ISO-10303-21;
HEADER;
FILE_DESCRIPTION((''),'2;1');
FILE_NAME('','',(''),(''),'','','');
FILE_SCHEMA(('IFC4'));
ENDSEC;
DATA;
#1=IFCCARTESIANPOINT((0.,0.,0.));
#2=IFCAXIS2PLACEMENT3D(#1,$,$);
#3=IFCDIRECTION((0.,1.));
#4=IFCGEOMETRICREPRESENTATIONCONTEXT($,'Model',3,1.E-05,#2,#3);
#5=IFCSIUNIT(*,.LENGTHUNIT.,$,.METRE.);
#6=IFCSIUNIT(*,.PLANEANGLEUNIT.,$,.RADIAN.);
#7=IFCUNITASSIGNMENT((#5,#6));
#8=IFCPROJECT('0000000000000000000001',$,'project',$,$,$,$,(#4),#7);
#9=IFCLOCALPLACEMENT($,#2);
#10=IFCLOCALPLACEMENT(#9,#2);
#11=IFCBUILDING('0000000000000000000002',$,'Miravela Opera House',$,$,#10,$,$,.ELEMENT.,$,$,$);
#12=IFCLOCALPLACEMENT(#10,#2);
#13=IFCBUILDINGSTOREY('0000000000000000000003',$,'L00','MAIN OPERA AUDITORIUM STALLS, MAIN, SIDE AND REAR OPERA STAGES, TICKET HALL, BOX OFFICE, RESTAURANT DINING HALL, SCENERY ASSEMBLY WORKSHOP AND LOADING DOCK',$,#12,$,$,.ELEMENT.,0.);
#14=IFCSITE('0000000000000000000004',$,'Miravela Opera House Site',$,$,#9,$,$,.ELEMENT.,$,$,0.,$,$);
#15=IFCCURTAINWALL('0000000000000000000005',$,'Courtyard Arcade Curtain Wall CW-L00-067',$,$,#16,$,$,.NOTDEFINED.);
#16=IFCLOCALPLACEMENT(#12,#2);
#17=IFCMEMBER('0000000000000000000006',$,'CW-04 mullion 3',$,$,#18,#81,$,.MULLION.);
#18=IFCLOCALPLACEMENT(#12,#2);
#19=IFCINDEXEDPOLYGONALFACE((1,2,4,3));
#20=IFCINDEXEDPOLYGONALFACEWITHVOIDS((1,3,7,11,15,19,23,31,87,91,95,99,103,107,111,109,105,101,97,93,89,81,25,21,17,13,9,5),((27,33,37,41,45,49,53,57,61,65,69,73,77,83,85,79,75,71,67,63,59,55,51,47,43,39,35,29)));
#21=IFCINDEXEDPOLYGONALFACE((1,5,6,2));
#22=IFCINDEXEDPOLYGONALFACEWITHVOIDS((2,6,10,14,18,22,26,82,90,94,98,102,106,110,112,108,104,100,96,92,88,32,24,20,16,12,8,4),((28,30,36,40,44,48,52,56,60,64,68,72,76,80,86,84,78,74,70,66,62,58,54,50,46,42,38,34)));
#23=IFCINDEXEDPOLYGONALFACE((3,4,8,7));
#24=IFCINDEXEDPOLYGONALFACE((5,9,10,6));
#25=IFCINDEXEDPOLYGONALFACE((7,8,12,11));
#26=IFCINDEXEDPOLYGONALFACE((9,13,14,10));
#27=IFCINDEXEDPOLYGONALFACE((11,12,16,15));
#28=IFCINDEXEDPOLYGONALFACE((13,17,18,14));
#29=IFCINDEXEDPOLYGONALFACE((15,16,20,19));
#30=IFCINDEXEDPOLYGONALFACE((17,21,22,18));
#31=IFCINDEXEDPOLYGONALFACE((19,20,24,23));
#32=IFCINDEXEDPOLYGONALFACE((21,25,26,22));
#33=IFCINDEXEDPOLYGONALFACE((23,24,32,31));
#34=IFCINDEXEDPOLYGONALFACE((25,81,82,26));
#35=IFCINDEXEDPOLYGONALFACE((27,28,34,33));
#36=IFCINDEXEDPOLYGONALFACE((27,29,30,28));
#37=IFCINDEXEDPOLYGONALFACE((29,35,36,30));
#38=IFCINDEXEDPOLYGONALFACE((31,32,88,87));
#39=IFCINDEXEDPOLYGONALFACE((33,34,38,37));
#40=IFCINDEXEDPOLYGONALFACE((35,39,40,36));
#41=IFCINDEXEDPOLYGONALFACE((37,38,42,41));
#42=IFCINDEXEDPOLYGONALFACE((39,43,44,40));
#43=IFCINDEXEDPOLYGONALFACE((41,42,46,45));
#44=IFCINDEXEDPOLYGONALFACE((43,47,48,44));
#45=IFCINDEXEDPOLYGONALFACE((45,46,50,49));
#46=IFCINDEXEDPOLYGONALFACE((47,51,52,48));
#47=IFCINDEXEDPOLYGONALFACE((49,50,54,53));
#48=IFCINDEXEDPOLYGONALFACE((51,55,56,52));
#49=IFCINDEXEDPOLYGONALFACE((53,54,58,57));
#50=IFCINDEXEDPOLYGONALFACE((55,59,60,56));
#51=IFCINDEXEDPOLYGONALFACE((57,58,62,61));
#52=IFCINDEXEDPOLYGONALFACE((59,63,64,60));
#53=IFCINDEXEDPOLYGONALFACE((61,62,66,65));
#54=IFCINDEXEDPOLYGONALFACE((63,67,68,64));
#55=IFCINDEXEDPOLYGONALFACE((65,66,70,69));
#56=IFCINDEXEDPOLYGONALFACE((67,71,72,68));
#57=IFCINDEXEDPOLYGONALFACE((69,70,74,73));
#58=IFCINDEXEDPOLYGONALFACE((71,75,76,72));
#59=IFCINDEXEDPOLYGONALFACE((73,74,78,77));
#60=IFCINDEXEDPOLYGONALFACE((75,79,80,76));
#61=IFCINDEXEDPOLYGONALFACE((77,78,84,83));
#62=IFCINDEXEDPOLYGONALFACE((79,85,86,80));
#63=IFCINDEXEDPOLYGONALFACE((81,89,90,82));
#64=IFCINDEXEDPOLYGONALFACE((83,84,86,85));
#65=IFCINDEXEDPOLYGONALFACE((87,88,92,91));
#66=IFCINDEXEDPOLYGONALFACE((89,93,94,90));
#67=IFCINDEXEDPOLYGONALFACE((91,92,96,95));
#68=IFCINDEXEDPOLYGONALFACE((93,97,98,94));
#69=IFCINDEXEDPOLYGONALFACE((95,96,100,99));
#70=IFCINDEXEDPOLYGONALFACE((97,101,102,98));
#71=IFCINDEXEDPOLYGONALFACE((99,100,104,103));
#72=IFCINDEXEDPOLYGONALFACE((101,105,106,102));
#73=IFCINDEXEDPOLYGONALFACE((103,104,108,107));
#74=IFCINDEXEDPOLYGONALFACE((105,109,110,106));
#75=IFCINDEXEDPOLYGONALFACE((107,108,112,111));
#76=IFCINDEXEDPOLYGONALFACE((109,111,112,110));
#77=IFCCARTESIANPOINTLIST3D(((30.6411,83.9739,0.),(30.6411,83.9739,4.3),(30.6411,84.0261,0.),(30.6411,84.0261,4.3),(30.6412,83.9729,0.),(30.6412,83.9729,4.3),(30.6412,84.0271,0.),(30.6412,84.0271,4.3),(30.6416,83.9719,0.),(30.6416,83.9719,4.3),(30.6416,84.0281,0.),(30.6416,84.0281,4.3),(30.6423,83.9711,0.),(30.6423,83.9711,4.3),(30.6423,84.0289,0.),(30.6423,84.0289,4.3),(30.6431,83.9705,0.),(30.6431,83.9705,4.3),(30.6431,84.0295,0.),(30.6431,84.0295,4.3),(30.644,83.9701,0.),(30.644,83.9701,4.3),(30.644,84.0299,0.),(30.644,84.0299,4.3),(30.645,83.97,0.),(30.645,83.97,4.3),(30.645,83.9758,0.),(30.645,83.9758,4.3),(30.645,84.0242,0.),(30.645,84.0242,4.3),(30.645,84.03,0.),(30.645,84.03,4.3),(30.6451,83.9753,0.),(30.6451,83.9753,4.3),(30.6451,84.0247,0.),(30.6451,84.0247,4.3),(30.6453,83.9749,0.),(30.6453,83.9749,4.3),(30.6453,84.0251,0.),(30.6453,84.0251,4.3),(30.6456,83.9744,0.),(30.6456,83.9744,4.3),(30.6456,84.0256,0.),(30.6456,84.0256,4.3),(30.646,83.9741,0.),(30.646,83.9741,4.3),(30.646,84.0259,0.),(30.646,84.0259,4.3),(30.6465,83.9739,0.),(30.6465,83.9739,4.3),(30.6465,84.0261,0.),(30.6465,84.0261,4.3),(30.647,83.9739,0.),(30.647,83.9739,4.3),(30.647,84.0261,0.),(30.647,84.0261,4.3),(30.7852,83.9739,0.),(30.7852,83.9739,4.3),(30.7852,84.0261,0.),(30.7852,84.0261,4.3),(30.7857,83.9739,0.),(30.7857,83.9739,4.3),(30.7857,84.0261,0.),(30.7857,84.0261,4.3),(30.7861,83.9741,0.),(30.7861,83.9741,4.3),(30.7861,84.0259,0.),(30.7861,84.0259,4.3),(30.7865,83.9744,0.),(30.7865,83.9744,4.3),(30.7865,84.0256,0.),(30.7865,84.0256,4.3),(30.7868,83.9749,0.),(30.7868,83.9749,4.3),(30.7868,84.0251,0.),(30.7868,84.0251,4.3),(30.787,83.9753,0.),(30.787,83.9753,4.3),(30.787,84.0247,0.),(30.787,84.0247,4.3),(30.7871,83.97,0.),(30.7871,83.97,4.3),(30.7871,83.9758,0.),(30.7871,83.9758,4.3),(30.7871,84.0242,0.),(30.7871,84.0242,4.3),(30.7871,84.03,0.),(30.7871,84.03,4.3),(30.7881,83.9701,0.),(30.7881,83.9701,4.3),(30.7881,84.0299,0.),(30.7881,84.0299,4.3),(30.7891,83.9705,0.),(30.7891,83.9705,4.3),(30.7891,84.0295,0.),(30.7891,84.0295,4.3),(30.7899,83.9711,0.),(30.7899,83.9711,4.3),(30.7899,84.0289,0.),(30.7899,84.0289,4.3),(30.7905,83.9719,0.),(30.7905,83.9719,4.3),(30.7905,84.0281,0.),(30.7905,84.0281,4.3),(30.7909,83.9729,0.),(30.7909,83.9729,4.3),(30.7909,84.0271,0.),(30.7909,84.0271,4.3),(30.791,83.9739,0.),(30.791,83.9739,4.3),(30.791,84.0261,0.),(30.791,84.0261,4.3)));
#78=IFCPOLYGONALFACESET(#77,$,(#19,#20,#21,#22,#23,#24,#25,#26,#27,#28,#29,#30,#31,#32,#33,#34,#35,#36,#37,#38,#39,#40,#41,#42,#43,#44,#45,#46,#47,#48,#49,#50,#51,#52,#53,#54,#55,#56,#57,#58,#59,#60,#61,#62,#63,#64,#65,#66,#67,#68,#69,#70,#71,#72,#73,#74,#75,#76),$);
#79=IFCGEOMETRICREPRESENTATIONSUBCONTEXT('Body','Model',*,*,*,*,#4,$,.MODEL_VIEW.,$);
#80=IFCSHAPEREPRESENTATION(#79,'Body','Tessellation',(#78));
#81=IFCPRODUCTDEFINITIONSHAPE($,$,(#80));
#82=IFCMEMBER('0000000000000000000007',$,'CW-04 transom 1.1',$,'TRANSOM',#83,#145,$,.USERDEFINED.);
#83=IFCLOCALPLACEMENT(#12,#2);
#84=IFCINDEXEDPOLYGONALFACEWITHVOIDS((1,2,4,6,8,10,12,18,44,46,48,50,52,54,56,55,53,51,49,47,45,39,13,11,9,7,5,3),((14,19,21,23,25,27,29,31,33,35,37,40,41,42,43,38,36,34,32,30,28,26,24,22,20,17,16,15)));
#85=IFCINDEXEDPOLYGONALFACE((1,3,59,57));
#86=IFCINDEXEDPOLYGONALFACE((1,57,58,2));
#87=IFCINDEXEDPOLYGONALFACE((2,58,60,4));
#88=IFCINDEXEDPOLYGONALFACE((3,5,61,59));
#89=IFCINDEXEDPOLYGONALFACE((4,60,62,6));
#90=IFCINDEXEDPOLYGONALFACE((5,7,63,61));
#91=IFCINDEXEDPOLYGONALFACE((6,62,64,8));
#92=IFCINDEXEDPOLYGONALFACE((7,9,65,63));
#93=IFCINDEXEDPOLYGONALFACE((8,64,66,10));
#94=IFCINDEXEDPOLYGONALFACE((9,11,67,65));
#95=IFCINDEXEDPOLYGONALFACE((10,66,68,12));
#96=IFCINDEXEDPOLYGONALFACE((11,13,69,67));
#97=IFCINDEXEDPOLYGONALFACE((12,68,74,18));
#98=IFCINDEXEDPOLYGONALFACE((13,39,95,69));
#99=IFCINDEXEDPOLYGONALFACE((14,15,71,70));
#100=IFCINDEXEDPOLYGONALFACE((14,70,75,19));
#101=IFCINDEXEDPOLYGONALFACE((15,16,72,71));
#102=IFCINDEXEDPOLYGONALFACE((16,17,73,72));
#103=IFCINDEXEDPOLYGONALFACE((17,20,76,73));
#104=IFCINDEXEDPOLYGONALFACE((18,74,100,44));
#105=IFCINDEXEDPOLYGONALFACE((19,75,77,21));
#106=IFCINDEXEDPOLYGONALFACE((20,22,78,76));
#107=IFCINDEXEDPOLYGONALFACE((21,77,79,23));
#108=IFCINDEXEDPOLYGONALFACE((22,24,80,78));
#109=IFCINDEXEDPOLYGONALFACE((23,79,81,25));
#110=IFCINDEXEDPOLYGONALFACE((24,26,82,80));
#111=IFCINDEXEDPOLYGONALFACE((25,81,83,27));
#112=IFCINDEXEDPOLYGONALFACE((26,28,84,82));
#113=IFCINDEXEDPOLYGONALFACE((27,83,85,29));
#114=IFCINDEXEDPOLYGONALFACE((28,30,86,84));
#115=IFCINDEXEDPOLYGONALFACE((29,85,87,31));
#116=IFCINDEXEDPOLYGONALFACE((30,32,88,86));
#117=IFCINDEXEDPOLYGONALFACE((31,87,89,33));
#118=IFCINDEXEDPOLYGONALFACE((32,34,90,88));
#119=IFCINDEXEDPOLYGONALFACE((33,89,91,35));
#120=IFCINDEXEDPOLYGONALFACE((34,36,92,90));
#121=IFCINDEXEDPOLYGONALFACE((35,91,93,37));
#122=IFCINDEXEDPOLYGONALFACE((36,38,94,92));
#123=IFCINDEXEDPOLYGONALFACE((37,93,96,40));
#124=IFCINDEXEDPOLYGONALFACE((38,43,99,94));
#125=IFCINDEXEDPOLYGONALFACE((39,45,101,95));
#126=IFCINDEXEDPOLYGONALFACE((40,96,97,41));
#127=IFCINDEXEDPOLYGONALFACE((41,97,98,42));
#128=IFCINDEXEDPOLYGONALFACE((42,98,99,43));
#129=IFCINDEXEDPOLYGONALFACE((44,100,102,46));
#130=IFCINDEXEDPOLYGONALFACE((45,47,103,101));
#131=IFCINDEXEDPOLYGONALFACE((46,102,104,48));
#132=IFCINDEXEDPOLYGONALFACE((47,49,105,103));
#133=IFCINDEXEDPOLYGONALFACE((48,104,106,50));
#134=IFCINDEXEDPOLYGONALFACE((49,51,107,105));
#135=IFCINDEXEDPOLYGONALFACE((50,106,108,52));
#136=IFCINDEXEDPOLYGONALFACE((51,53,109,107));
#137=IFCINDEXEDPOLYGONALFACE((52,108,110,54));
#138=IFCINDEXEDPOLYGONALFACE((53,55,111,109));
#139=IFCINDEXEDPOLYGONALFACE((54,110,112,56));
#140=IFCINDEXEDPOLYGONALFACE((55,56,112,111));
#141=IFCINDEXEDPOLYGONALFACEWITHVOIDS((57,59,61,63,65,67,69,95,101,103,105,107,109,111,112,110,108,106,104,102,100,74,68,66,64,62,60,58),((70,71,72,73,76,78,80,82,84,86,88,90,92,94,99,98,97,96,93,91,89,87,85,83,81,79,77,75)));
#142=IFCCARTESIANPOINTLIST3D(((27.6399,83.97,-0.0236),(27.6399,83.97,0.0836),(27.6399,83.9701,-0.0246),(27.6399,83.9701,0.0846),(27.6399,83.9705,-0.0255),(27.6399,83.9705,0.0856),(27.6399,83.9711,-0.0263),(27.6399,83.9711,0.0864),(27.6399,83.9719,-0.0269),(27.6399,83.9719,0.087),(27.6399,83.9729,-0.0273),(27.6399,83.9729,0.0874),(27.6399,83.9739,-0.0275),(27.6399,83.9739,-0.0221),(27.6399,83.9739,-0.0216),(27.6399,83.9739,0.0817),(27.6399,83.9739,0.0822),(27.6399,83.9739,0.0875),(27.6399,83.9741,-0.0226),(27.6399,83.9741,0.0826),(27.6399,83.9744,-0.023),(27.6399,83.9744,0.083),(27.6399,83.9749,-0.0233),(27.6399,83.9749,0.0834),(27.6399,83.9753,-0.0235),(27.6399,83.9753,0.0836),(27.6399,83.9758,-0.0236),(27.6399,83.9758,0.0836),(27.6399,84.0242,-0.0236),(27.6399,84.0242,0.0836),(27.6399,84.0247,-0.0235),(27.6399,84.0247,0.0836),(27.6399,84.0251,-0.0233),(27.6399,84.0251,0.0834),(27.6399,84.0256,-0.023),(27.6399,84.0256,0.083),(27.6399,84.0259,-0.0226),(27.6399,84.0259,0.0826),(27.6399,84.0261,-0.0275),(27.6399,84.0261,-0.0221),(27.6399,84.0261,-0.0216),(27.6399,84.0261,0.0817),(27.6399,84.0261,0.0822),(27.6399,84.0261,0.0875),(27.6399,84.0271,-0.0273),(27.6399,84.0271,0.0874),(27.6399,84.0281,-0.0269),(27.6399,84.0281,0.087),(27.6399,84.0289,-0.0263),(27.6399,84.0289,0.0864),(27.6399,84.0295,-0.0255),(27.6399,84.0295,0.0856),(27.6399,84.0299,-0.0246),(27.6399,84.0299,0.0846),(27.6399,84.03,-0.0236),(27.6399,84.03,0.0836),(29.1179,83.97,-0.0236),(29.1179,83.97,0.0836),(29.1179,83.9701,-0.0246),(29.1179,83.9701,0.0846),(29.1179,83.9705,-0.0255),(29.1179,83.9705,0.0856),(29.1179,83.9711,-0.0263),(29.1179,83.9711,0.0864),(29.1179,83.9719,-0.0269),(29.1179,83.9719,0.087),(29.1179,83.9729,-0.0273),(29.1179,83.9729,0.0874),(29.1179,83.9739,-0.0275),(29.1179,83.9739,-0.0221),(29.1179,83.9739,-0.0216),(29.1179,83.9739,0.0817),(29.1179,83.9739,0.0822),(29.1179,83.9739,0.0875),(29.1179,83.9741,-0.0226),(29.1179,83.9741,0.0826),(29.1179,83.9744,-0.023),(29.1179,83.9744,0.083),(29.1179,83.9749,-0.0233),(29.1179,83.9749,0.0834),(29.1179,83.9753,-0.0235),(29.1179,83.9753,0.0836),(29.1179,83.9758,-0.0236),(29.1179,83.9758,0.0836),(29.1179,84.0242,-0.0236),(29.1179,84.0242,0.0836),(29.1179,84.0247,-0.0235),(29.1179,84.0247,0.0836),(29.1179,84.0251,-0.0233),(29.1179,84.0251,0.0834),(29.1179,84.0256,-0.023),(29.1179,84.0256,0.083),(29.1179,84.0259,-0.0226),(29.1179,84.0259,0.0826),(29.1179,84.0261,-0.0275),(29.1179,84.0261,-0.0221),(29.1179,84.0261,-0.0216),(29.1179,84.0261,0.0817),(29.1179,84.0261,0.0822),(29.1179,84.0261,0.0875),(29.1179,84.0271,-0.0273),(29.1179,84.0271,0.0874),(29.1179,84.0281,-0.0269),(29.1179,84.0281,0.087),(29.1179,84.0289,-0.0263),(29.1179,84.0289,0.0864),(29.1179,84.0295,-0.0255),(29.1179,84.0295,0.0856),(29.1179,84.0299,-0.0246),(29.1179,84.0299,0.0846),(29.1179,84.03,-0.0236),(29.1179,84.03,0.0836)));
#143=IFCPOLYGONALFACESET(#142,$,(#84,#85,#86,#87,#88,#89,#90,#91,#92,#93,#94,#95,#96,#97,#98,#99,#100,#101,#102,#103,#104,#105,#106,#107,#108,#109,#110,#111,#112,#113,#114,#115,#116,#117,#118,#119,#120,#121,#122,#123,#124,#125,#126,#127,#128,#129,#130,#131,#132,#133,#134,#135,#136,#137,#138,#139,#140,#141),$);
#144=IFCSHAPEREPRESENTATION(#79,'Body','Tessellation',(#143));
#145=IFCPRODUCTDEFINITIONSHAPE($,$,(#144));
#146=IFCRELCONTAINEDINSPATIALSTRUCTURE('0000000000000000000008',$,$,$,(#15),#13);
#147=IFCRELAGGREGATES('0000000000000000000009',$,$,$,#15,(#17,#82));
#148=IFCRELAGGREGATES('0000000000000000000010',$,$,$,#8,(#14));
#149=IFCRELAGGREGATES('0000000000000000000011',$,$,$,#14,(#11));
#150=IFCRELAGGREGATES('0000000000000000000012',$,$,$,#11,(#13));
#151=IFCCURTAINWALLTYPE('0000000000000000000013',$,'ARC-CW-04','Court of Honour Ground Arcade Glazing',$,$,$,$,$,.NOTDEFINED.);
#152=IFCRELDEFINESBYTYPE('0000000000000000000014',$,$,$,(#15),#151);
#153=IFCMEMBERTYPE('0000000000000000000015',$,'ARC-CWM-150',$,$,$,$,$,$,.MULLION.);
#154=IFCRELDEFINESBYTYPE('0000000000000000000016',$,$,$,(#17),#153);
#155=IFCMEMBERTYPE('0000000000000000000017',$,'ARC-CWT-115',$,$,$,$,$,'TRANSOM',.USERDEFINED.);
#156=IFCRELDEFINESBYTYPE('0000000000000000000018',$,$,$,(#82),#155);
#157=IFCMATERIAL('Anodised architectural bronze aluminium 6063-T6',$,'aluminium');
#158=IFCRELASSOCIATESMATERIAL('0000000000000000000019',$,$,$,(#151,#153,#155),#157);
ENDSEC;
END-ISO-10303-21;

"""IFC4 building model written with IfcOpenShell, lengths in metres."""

from ifc_helpers import new_model, si_unit, direction, frame, origin, origin_2d, place, context, subcontext, project, spatial, hollow_rectangle, extrude, material, material_profile, profile_set, type_object, element, aggregate, save


model = new_model("IFC4")

# Units and contexts
model_context = context("Model", 3, precision=1e-05, world=origin(), true_north=direction((0.0, 1.0)))
body_context = subcontext(model_context, "Body", "Model", "MODEL_VIEW")
ifc_project = project(units=[si_unit("LENGTHUNIT", "METRE"), si_unit("PLANEANGLEUNIT", "RADIAN")], contexts=[model_context])

# Site, building, storey
site_placement = place(None, origin())
site = spatial("IfcSite", under=ifc_project, at=site_placement, Name="Miravela Opera House Site", CompositionType="ELEMENT", RefElevation=0.0)
building_placement = place(site_placement, origin())
building = spatial("IfcBuilding", under=site, at=building_placement, Name="Miravela Opera House", CompositionType="ELEMENT")
storey_placement = place(building_placement, origin())
storey = spatial("IfcBuildingStorey", under=building, at=storey_placement, Name="L00", Description="MAIN OPERA AUDITORIUM STALLS, MAIN, SIDE AND REAR OPERA STAGES, TICKET HALL, BOX OFFICE, RESTAURANT DINING HALL, SCENERY ASSEMBLY WORKSHOP AND LOADING DOCK", CompositionType="ELEMENT", Elevation=0.0)

# Curtain wall, members
ifc_material_1 = material(Name="Anodised architectural bronze aluminium 6063-T6", Category="aluminium")
curtain_wall_type = type_object("IfcCurtainWallType", Name="ARC-CW-04", Description="Court of Honour Ground Arcade Glazing", PredefinedType="NOTDEFINED", material=ifc_material_1)
curtain_wall_placement = place(storey_placement, origin())
curtain_wall = element("IfcCurtainWall", 1, at=curtain_wall_placement, inside=storey, type_object=curtain_wall_type, Name="Courtyard Arcade Curtain Wall CW-L00-067", PredefinedType="NOTDEFINED")
ifc_material_profile_1 = material_profile(ifc_material_1, hollow_rectangle(XDim=0.0601, YDim=0.1499, WallThickness=0.0039, InnerFilletRadius=0.002, OuterFilletRadius=0.0039, at=origin_2d()), Name="CWM-60X150")
ifc_profile_set_1 = profile_set([ifc_material_profile_1])
member_type_1 = type_object("IfcMemberType", Name="ARC-CWM-150", PredefinedType="MULLION", material=ifc_profile_set_1)
member_1_placement = place(storey_placement, frame((30.7161, 84.0, 0.0), z_axis=(0.0, 0.0, 1.0), x_axis=(0.0, 1.0, 0.0)))
member_1 = element("IfcMember", 2, at=member_1_placement, type_object=member_type_1, Name="CW-04 mullion 3", PredefinedType="MULLION", context=body_context, shape_type="SweptSolid", body=[
    extrude(hollow_rectangle(XDim=0.0601, YDim=0.1499, WallThickness=0.0039, InnerFilletRadius=0.002, OuterFilletRadius=0.0039, at=origin_2d()), origin(), (0.0, 0.0, 1.0), 4.3),
])
ifc_material_profile_2 = material_profile(ifc_material_1, hollow_rectangle(XDim=0.0601, YDim=0.115, WallThickness=0.0039, InnerFilletRadius=0.002, OuterFilletRadius=0.0039, at=origin_2d()), Name="CWT-60X115")
ifc_profile_set_2 = profile_set([ifc_material_profile_2])
member_type_2 = type_object("IfcMemberType", Name="ARC-CWT-115", ElementType="TRANSOM", PredefinedType="USERDEFINED", material=ifc_profile_set_2)
member_2_placement = place(storey_placement, frame((27.6399, 84.0, 0.03), z_axis=(1.0, 0.0, 0.0), x_axis=(0.0, 1.0, 0.0)))
member_2 = element("IfcMember", 3, at=member_2_placement, type_object=member_type_2, Name="CW-04 transom 1.1", ObjectType="TRANSOM", PredefinedType="USERDEFINED", context=body_context, shape_type="SweptSolid", body=[
    extrude(hollow_rectangle(XDim=0.0601, YDim=0.115, WallThickness=0.0039, InnerFilletRadius=0.002, OuterFilletRadius=0.0039, at=origin_2d()), origin(), (0.0, 0.0, 1.0), 1.478),
])

aggregate(curtain_wall, [member_1, member_2])

save(model, "model.ifc")
